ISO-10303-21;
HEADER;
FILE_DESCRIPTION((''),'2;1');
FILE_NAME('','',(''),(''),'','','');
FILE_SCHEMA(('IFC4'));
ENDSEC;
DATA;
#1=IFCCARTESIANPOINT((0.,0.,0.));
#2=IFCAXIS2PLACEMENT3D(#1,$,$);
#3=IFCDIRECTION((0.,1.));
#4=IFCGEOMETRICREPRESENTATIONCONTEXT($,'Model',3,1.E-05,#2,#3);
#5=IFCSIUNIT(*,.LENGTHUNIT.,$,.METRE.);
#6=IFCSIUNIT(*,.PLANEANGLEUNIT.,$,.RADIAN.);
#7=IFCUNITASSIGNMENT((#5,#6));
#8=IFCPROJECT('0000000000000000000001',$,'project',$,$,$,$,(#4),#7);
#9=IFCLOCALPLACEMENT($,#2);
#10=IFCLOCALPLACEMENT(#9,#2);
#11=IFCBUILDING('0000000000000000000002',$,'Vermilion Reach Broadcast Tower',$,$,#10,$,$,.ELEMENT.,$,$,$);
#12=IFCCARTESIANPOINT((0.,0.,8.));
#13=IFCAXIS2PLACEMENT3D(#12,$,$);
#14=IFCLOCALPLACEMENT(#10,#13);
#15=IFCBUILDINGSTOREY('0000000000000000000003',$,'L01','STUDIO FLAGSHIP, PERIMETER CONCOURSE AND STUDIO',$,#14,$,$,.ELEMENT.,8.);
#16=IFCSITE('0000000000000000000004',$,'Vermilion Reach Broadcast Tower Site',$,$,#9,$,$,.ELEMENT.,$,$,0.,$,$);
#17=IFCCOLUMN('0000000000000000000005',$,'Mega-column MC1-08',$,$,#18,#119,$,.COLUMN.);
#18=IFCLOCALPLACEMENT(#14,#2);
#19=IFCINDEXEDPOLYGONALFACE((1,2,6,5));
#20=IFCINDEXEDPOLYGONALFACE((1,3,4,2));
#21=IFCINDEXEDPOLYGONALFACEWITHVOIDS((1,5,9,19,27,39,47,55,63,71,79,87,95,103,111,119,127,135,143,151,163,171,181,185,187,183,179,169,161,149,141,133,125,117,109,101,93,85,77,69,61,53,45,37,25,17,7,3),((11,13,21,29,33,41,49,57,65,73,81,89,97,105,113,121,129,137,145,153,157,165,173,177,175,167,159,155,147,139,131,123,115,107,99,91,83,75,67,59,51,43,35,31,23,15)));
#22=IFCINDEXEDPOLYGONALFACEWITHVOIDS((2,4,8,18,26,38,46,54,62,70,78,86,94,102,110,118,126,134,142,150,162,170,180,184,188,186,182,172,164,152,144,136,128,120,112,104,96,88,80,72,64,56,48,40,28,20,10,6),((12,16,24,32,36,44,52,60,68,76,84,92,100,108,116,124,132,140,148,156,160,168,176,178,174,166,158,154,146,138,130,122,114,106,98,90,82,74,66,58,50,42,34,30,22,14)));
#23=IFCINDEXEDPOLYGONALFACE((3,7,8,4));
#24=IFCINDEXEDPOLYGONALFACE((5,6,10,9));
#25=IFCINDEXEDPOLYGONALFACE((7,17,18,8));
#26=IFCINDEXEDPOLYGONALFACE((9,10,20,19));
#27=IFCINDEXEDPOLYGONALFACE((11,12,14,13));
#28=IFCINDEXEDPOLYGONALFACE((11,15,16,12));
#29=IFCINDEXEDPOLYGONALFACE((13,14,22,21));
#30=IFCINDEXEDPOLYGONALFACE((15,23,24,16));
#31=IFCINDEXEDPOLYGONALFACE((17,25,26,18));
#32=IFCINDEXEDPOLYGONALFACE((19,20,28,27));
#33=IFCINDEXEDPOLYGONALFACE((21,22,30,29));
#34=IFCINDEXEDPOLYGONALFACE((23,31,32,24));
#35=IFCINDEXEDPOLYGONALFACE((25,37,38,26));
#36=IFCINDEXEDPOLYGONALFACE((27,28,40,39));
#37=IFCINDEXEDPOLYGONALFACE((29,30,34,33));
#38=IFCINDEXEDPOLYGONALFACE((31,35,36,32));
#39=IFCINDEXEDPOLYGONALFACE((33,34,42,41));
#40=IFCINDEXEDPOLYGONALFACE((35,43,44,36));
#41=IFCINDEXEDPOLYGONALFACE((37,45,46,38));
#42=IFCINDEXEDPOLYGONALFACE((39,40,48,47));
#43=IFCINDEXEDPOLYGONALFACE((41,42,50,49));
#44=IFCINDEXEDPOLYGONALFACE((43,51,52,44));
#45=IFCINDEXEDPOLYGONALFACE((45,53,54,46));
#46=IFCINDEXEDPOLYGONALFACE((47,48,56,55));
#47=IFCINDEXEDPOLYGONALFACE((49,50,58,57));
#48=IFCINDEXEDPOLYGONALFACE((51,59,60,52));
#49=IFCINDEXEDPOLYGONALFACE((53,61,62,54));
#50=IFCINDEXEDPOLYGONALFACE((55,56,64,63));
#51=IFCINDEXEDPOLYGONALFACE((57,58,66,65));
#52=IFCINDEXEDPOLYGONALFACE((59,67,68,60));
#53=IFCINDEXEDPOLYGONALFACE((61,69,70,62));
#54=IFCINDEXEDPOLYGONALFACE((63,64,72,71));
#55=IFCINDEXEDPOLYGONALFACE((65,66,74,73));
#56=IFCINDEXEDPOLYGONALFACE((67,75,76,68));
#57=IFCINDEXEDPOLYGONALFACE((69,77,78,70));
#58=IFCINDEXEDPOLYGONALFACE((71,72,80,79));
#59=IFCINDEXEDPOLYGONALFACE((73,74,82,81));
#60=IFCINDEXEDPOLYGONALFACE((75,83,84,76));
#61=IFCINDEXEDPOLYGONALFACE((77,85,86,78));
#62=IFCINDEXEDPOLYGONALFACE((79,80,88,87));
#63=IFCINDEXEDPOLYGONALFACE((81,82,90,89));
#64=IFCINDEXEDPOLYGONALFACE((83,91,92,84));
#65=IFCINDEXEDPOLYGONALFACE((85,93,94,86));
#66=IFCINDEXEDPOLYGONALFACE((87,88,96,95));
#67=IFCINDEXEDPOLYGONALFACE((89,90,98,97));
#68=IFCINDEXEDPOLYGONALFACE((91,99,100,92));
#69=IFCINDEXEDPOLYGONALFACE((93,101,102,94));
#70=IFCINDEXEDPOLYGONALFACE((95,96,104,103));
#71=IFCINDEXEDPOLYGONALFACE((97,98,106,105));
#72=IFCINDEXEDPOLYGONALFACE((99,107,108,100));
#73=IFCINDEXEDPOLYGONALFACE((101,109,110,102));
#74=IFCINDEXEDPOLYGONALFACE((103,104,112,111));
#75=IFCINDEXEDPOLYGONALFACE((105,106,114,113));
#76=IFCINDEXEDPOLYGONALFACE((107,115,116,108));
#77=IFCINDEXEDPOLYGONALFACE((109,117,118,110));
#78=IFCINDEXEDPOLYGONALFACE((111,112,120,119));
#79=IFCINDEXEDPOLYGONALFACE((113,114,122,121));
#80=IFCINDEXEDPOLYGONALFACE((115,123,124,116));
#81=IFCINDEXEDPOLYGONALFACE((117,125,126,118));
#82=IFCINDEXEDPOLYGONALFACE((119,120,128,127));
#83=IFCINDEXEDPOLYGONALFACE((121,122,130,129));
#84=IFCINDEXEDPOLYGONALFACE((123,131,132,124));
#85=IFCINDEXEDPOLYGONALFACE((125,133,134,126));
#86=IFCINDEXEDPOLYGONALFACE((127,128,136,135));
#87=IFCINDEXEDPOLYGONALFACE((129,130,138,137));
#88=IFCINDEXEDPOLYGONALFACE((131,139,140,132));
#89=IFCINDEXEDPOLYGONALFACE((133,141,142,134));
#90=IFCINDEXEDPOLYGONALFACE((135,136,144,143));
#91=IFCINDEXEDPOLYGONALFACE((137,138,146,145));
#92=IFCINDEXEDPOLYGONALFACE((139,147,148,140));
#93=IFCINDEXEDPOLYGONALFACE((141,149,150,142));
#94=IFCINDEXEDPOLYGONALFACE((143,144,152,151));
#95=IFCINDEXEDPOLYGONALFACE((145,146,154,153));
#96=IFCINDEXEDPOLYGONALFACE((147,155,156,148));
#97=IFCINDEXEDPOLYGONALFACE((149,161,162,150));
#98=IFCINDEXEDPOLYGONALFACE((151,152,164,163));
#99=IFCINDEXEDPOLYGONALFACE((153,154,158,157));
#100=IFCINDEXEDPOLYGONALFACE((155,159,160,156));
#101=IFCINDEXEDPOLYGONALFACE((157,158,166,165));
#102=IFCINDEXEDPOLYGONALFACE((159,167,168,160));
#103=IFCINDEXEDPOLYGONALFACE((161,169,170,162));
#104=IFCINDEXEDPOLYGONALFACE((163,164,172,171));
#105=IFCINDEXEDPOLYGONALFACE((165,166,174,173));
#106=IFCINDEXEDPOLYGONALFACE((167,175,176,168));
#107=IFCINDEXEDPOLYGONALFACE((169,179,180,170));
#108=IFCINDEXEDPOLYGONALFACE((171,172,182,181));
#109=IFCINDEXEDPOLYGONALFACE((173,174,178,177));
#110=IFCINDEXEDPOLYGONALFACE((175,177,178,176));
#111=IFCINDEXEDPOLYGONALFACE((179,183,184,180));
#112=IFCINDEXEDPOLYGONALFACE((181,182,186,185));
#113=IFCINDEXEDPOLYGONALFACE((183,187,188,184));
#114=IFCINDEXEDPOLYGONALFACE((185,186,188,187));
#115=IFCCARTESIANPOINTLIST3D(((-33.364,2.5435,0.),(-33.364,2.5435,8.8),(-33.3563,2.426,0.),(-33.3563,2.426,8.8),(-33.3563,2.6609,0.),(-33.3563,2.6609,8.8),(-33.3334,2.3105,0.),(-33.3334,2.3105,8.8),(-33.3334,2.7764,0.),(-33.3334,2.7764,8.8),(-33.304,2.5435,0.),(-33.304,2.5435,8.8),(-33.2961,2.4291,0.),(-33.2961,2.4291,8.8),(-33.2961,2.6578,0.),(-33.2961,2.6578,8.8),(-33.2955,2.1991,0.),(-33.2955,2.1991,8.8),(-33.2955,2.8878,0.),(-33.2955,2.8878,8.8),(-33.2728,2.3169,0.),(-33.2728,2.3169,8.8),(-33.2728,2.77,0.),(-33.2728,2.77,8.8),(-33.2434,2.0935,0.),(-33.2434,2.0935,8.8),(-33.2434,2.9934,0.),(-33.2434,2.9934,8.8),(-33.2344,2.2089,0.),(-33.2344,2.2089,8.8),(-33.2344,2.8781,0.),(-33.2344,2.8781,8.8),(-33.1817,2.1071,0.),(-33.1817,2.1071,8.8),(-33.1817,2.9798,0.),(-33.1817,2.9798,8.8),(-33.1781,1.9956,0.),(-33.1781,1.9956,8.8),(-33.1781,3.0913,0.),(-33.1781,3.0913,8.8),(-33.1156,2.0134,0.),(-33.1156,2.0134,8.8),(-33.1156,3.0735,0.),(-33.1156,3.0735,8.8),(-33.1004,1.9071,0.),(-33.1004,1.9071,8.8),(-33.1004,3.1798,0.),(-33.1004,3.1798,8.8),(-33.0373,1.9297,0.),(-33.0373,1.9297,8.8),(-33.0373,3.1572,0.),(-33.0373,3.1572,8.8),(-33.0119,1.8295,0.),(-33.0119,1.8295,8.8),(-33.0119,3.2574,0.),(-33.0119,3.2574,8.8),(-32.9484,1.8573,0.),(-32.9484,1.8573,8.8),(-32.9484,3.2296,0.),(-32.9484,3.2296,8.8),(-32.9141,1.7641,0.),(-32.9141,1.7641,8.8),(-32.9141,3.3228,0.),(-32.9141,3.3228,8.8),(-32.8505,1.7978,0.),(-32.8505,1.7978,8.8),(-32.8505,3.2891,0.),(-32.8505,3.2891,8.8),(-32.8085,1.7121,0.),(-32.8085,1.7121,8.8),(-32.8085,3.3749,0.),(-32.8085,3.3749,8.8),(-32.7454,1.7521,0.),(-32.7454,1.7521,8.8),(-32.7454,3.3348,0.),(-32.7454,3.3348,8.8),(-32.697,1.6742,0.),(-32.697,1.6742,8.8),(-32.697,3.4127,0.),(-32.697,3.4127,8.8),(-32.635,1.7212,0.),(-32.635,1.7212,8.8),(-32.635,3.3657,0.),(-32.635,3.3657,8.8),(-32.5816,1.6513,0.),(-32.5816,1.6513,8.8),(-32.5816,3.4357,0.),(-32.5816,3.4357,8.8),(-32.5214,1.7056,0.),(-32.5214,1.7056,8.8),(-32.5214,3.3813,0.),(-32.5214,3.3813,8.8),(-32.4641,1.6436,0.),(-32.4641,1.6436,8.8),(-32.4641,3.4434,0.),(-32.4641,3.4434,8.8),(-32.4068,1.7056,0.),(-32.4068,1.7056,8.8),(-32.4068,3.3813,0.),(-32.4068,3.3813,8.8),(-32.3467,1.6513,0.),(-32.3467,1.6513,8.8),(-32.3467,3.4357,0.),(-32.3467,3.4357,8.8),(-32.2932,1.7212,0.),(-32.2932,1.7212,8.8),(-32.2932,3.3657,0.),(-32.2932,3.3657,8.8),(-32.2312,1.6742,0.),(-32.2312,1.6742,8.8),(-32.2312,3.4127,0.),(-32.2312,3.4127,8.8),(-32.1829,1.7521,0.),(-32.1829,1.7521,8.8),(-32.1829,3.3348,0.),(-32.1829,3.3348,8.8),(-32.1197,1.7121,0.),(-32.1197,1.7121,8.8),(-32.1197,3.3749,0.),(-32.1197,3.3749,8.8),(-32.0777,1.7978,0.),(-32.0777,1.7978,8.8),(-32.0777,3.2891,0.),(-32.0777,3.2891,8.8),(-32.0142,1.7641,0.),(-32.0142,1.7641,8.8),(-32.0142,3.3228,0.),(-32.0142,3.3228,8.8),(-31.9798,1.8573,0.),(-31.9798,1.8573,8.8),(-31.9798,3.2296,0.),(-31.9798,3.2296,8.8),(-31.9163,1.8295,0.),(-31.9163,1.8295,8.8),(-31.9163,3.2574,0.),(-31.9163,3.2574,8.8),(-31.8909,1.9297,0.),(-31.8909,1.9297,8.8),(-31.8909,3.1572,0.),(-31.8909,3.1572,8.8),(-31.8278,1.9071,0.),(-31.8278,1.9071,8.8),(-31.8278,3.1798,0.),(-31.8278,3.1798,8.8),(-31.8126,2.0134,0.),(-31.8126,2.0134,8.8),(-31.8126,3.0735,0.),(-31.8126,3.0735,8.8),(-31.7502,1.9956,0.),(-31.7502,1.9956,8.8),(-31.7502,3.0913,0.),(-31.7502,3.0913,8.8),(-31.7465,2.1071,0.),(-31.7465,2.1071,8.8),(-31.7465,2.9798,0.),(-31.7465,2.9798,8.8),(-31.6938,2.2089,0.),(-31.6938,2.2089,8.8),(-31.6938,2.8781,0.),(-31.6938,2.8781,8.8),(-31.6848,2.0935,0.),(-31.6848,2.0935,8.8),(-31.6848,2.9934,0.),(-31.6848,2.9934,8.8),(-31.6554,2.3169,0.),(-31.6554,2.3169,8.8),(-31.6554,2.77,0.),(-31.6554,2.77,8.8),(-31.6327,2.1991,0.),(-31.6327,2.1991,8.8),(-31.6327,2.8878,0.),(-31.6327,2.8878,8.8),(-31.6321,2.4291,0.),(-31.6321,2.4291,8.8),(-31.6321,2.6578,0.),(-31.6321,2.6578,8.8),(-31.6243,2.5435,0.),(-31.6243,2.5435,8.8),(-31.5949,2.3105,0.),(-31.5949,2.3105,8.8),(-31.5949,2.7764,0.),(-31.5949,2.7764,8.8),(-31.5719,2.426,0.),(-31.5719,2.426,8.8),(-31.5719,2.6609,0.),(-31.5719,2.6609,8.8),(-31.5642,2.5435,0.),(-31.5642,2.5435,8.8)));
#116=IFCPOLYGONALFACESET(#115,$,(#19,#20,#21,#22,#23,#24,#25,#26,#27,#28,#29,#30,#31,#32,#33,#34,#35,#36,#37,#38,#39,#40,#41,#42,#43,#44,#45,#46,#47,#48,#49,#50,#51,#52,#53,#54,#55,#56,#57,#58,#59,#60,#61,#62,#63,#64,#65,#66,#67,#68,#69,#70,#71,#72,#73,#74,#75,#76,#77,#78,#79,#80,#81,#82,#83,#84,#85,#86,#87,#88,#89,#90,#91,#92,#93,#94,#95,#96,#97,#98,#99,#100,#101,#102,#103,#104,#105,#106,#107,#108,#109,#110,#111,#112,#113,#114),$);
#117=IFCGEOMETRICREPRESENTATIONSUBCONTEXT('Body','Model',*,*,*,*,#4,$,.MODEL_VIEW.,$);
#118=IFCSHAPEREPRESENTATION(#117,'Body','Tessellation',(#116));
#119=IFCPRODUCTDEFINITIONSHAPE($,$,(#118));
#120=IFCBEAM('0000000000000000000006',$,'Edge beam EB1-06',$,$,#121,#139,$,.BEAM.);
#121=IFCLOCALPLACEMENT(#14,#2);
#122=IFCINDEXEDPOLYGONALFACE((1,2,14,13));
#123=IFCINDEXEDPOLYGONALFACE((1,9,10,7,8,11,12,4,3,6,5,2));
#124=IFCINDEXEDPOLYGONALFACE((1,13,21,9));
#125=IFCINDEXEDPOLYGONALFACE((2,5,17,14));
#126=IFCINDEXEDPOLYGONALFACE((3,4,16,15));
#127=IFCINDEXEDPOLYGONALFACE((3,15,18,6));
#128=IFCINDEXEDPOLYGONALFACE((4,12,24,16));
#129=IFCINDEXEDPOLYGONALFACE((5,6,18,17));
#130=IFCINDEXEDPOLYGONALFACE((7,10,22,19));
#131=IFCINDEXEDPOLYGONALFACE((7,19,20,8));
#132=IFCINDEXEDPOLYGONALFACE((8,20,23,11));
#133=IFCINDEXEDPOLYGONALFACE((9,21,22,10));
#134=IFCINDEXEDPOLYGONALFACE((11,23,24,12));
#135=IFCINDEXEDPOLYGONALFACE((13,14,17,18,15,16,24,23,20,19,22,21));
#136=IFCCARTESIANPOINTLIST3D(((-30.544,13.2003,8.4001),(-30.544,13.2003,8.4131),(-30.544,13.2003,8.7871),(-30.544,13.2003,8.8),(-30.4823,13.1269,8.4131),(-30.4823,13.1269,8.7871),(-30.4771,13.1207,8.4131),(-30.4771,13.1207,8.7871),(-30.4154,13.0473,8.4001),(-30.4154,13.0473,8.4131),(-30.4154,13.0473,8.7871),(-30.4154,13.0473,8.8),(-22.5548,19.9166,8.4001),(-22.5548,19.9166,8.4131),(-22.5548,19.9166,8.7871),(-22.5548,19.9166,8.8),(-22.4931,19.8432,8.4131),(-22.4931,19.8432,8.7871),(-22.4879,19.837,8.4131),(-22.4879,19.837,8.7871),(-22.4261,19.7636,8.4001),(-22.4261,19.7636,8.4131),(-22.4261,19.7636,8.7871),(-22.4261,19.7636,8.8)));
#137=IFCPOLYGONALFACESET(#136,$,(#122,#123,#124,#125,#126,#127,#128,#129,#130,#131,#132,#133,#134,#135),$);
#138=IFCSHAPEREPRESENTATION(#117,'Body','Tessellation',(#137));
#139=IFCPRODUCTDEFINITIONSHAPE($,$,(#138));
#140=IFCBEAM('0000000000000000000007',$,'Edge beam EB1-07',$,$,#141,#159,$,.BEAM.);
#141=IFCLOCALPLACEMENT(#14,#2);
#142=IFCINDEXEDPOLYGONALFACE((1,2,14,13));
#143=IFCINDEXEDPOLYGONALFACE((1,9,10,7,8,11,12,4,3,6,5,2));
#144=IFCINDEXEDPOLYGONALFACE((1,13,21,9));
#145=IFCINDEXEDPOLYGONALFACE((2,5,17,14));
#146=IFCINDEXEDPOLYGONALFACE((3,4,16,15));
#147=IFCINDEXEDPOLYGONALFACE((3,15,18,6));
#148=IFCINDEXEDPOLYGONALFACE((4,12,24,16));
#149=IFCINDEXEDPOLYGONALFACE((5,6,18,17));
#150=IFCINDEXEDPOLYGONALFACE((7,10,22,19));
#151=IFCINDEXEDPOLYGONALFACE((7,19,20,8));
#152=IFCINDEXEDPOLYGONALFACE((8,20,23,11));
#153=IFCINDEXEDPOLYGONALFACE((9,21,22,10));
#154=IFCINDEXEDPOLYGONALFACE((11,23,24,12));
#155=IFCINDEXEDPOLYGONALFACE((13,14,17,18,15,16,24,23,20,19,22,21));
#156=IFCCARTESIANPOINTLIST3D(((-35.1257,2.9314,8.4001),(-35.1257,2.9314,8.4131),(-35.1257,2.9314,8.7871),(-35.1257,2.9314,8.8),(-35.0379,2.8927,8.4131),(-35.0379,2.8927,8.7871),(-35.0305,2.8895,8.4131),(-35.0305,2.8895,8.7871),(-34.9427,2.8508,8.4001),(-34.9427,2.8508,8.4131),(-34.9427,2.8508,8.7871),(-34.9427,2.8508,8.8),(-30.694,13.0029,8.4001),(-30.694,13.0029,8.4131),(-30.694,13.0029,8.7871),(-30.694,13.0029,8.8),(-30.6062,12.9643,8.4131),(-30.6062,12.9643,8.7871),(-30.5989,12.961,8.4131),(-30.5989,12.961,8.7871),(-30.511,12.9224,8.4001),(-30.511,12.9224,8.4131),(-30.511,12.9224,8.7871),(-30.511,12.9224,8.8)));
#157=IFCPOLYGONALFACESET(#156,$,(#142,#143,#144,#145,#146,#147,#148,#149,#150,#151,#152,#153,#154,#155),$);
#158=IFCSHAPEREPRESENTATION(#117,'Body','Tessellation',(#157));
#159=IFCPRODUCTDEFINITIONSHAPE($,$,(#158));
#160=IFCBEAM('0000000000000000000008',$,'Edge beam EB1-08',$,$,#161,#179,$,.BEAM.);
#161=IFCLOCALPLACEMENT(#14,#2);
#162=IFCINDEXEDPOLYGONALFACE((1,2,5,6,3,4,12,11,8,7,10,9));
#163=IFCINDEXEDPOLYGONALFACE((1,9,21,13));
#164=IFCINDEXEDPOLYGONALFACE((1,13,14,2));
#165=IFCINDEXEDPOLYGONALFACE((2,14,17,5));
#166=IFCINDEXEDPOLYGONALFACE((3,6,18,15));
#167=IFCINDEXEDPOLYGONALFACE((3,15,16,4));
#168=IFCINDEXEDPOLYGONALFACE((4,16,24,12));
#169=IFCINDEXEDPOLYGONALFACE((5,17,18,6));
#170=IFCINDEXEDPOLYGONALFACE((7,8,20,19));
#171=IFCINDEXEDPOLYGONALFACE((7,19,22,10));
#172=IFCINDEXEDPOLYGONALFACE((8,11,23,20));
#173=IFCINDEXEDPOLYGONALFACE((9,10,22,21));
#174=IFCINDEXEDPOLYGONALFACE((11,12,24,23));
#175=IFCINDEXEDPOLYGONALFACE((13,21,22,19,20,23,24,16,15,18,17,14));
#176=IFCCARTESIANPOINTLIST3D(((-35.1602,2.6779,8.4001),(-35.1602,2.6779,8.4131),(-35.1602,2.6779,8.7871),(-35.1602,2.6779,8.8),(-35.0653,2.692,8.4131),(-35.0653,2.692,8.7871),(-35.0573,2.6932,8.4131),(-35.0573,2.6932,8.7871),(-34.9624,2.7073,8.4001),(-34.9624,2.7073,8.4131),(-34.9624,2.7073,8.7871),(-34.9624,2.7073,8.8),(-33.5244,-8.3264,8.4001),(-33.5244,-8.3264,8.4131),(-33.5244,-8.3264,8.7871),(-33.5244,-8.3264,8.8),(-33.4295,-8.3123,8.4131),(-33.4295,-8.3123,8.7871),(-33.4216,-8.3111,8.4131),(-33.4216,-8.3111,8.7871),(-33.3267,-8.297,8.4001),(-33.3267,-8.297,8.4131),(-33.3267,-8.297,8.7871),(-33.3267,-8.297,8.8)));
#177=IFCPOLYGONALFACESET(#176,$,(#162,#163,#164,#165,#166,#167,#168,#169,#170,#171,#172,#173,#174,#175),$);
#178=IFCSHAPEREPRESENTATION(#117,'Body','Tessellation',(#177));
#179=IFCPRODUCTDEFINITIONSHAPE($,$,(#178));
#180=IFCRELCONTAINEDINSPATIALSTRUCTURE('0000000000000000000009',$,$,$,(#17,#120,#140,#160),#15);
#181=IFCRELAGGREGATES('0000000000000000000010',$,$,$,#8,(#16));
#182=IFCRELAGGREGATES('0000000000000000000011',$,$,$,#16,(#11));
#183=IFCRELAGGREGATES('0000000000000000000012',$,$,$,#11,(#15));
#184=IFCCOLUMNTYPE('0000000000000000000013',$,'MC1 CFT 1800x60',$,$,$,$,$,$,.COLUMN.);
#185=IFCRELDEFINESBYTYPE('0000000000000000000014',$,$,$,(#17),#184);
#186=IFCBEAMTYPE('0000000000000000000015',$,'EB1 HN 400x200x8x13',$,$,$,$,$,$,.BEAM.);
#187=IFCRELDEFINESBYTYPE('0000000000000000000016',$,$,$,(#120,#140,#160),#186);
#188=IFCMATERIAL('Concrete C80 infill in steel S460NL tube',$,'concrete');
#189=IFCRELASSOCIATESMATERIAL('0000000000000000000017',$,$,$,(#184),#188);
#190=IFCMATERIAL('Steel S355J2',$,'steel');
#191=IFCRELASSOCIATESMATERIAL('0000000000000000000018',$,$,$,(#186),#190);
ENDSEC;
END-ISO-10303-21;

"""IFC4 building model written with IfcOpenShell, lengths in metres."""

from ifc_helpers import new_model, si_unit, direction, frame, origin, origin_2d, place, context, subcontext, project, spatial, hollow_circle, i_section, extrude, material, material_profile, profile_set, type_object, element, save


model = new_model("IFC4")

# Units and contexts
model_context = context("Model", 3, precision=1e-05, world=origin(), true_north=direction((0.0, 1.0)))
body_context = subcontext(model_context, "Body", "Model", "MODEL_VIEW")
ifc_project = project(units=[si_unit("LENGTHUNIT", "METRE"), si_unit("PLANEANGLEUNIT", "RADIAN")], contexts=[model_context])

# Site, building, storey
site_placement = place(None, origin())
site = spatial("IfcSite", under=ifc_project, at=site_placement, Name="Vermilion Reach Broadcast Tower Site", CompositionType="ELEMENT", RefElevation=0.0)
building_placement = place(site_placement, origin())
building = spatial("IfcBuilding", under=site, at=building_placement, Name="Vermilion Reach Broadcast Tower", CompositionType="ELEMENT")
storey_placement = place(building_placement, frame((0.0, 0.0, 8.0)))
storey = spatial("IfcBuildingStorey", under=building, at=storey_placement, Name="L01", Description="STUDIO FLAGSHIP, PERIMETER CONCOURSE AND STUDIO", CompositionType="ELEMENT", Elevation=8.0)

# Column
ifc_material_1 = material(Name="Concrete C80 infill in steel S460NL tube", Category="concrete")
ifc_material_profile_1 = material_profile(ifc_material_1, hollow_circle(Radius=0.8999, WallThickness=0.0601, at=origin_2d()), Name="Concrete C80 infill in steel S460NL tube CFT 1800x60")
ifc_profile_set_1 = profile_set([ifc_material_profile_1], Name="Concrete C80 infill in steel S460NL tube")
column_type = type_object("IfcColumnType", Name="MC1 CFT 1800x60", PredefinedType="COLUMN", material=ifc_profile_set_1)
for number, where, z_axis, x_axis, name in (
    (1, (-32.4641, 2.5435, 0.0), (0.0, 0.0, 1.0), (1.0, 0.0, 0.0), "Mega-column MC1-08"),
):
    element("IfcColumn", number, at=place(storey_placement, frame(where, z_axis=z_axis, x_axis=x_axis)), inside=storey, type_object=column_type, Name=name, PredefinedType="COLUMN", context=body_context, shape_type="SweptSolid", body=[
        extrude(hollow_circle(Radius=0.8999, WallThickness=0.0601, at=origin_2d()), origin(), (0.0, 0.0, 1.0), 8.8),
    ])

# Beams
ifc_material_2 = material(Name="Steel S355J2", Category="steel")
ifc_material_profile_2 = material_profile(ifc_material_2, i_section(OverallWidth=0.2, OverallDepth=0.3999, WebThickness=0.0081, FlangeThickness=0.0129, at=origin_2d()), Name="S355J2 HN 400x200x8x13")
ifc_profile_set_2 = profile_set([ifc_material_profile_2], Name="Steel S355J2")
beam_type_1 = type_object("IfcBeamType", Name="EB1 HN 400x200x8x13", PredefinedType="BEAM", material=ifc_profile_set_2)
beam_1_placement = place(storey_placement, frame((-22.4905, 19.8401, 8.6001), z_axis=(-0.765453, -0.643492, 0.0), x_axis=(0.643492, -0.765453, 0.0)))
element("IfcBeam", 2, at=beam_1_placement, inside=storey, type_object=beam_type_1, Name="Edge beam EB1-06", PredefinedType="BEAM", context=body_context, shape_type="SweptSolid", body=[
    extrude(i_section(OverallWidth=0.2, OverallDepth=0.3999, WebThickness=0.0081, FlangeThickness=0.0129, at=origin_2d()), origin(), (0.0, 0.0, 1.0), 10.4373),
])
beam_2_placement = place(storey_placement, frame((-30.6025, 12.9626, 8.6001), z_axis=(-0.402751, -0.915309, 0.0), x_axis=(0.915309, -0.402751, 0.0)))
element("IfcBeam", 3, at=beam_2_placement, inside=storey, type_object=beam_type_1, Name="Edge beam EB1-07", PredefinedType="BEAM", context=body_context, shape_type="SweptSolid", body=[
    extrude(i_section(OverallWidth=0.2, OverallDepth=0.3999, WebThickness=0.0081, FlangeThickness=0.0129, at=origin_2d()), origin(), (0.0, 0.0, 1.0), 11.0034),
])
beam_3_placement = place(storey_placement, frame((-35.0613, 2.6926, 8.6001), z_axis=(0.147029, -0.989132, 0.0), x_axis=(0.989132, 0.147029, 0.0)))
element("IfcBeam", 4, at=beam_3_placement, inside=storey, type_object=beam_type_1, Name="Edge beam EB1-08", PredefinedType="BEAM", context=body_context, shape_type="SweptSolid", body=[
    extrude(i_section(OverallWidth=0.2, OverallDepth=0.3999, WebThickness=0.0081, FlangeThickness=0.0129, at=origin_2d()), origin(), (0.0, 0.0, 1.0), 11.1252),
])

save(model, "model.ifc")
